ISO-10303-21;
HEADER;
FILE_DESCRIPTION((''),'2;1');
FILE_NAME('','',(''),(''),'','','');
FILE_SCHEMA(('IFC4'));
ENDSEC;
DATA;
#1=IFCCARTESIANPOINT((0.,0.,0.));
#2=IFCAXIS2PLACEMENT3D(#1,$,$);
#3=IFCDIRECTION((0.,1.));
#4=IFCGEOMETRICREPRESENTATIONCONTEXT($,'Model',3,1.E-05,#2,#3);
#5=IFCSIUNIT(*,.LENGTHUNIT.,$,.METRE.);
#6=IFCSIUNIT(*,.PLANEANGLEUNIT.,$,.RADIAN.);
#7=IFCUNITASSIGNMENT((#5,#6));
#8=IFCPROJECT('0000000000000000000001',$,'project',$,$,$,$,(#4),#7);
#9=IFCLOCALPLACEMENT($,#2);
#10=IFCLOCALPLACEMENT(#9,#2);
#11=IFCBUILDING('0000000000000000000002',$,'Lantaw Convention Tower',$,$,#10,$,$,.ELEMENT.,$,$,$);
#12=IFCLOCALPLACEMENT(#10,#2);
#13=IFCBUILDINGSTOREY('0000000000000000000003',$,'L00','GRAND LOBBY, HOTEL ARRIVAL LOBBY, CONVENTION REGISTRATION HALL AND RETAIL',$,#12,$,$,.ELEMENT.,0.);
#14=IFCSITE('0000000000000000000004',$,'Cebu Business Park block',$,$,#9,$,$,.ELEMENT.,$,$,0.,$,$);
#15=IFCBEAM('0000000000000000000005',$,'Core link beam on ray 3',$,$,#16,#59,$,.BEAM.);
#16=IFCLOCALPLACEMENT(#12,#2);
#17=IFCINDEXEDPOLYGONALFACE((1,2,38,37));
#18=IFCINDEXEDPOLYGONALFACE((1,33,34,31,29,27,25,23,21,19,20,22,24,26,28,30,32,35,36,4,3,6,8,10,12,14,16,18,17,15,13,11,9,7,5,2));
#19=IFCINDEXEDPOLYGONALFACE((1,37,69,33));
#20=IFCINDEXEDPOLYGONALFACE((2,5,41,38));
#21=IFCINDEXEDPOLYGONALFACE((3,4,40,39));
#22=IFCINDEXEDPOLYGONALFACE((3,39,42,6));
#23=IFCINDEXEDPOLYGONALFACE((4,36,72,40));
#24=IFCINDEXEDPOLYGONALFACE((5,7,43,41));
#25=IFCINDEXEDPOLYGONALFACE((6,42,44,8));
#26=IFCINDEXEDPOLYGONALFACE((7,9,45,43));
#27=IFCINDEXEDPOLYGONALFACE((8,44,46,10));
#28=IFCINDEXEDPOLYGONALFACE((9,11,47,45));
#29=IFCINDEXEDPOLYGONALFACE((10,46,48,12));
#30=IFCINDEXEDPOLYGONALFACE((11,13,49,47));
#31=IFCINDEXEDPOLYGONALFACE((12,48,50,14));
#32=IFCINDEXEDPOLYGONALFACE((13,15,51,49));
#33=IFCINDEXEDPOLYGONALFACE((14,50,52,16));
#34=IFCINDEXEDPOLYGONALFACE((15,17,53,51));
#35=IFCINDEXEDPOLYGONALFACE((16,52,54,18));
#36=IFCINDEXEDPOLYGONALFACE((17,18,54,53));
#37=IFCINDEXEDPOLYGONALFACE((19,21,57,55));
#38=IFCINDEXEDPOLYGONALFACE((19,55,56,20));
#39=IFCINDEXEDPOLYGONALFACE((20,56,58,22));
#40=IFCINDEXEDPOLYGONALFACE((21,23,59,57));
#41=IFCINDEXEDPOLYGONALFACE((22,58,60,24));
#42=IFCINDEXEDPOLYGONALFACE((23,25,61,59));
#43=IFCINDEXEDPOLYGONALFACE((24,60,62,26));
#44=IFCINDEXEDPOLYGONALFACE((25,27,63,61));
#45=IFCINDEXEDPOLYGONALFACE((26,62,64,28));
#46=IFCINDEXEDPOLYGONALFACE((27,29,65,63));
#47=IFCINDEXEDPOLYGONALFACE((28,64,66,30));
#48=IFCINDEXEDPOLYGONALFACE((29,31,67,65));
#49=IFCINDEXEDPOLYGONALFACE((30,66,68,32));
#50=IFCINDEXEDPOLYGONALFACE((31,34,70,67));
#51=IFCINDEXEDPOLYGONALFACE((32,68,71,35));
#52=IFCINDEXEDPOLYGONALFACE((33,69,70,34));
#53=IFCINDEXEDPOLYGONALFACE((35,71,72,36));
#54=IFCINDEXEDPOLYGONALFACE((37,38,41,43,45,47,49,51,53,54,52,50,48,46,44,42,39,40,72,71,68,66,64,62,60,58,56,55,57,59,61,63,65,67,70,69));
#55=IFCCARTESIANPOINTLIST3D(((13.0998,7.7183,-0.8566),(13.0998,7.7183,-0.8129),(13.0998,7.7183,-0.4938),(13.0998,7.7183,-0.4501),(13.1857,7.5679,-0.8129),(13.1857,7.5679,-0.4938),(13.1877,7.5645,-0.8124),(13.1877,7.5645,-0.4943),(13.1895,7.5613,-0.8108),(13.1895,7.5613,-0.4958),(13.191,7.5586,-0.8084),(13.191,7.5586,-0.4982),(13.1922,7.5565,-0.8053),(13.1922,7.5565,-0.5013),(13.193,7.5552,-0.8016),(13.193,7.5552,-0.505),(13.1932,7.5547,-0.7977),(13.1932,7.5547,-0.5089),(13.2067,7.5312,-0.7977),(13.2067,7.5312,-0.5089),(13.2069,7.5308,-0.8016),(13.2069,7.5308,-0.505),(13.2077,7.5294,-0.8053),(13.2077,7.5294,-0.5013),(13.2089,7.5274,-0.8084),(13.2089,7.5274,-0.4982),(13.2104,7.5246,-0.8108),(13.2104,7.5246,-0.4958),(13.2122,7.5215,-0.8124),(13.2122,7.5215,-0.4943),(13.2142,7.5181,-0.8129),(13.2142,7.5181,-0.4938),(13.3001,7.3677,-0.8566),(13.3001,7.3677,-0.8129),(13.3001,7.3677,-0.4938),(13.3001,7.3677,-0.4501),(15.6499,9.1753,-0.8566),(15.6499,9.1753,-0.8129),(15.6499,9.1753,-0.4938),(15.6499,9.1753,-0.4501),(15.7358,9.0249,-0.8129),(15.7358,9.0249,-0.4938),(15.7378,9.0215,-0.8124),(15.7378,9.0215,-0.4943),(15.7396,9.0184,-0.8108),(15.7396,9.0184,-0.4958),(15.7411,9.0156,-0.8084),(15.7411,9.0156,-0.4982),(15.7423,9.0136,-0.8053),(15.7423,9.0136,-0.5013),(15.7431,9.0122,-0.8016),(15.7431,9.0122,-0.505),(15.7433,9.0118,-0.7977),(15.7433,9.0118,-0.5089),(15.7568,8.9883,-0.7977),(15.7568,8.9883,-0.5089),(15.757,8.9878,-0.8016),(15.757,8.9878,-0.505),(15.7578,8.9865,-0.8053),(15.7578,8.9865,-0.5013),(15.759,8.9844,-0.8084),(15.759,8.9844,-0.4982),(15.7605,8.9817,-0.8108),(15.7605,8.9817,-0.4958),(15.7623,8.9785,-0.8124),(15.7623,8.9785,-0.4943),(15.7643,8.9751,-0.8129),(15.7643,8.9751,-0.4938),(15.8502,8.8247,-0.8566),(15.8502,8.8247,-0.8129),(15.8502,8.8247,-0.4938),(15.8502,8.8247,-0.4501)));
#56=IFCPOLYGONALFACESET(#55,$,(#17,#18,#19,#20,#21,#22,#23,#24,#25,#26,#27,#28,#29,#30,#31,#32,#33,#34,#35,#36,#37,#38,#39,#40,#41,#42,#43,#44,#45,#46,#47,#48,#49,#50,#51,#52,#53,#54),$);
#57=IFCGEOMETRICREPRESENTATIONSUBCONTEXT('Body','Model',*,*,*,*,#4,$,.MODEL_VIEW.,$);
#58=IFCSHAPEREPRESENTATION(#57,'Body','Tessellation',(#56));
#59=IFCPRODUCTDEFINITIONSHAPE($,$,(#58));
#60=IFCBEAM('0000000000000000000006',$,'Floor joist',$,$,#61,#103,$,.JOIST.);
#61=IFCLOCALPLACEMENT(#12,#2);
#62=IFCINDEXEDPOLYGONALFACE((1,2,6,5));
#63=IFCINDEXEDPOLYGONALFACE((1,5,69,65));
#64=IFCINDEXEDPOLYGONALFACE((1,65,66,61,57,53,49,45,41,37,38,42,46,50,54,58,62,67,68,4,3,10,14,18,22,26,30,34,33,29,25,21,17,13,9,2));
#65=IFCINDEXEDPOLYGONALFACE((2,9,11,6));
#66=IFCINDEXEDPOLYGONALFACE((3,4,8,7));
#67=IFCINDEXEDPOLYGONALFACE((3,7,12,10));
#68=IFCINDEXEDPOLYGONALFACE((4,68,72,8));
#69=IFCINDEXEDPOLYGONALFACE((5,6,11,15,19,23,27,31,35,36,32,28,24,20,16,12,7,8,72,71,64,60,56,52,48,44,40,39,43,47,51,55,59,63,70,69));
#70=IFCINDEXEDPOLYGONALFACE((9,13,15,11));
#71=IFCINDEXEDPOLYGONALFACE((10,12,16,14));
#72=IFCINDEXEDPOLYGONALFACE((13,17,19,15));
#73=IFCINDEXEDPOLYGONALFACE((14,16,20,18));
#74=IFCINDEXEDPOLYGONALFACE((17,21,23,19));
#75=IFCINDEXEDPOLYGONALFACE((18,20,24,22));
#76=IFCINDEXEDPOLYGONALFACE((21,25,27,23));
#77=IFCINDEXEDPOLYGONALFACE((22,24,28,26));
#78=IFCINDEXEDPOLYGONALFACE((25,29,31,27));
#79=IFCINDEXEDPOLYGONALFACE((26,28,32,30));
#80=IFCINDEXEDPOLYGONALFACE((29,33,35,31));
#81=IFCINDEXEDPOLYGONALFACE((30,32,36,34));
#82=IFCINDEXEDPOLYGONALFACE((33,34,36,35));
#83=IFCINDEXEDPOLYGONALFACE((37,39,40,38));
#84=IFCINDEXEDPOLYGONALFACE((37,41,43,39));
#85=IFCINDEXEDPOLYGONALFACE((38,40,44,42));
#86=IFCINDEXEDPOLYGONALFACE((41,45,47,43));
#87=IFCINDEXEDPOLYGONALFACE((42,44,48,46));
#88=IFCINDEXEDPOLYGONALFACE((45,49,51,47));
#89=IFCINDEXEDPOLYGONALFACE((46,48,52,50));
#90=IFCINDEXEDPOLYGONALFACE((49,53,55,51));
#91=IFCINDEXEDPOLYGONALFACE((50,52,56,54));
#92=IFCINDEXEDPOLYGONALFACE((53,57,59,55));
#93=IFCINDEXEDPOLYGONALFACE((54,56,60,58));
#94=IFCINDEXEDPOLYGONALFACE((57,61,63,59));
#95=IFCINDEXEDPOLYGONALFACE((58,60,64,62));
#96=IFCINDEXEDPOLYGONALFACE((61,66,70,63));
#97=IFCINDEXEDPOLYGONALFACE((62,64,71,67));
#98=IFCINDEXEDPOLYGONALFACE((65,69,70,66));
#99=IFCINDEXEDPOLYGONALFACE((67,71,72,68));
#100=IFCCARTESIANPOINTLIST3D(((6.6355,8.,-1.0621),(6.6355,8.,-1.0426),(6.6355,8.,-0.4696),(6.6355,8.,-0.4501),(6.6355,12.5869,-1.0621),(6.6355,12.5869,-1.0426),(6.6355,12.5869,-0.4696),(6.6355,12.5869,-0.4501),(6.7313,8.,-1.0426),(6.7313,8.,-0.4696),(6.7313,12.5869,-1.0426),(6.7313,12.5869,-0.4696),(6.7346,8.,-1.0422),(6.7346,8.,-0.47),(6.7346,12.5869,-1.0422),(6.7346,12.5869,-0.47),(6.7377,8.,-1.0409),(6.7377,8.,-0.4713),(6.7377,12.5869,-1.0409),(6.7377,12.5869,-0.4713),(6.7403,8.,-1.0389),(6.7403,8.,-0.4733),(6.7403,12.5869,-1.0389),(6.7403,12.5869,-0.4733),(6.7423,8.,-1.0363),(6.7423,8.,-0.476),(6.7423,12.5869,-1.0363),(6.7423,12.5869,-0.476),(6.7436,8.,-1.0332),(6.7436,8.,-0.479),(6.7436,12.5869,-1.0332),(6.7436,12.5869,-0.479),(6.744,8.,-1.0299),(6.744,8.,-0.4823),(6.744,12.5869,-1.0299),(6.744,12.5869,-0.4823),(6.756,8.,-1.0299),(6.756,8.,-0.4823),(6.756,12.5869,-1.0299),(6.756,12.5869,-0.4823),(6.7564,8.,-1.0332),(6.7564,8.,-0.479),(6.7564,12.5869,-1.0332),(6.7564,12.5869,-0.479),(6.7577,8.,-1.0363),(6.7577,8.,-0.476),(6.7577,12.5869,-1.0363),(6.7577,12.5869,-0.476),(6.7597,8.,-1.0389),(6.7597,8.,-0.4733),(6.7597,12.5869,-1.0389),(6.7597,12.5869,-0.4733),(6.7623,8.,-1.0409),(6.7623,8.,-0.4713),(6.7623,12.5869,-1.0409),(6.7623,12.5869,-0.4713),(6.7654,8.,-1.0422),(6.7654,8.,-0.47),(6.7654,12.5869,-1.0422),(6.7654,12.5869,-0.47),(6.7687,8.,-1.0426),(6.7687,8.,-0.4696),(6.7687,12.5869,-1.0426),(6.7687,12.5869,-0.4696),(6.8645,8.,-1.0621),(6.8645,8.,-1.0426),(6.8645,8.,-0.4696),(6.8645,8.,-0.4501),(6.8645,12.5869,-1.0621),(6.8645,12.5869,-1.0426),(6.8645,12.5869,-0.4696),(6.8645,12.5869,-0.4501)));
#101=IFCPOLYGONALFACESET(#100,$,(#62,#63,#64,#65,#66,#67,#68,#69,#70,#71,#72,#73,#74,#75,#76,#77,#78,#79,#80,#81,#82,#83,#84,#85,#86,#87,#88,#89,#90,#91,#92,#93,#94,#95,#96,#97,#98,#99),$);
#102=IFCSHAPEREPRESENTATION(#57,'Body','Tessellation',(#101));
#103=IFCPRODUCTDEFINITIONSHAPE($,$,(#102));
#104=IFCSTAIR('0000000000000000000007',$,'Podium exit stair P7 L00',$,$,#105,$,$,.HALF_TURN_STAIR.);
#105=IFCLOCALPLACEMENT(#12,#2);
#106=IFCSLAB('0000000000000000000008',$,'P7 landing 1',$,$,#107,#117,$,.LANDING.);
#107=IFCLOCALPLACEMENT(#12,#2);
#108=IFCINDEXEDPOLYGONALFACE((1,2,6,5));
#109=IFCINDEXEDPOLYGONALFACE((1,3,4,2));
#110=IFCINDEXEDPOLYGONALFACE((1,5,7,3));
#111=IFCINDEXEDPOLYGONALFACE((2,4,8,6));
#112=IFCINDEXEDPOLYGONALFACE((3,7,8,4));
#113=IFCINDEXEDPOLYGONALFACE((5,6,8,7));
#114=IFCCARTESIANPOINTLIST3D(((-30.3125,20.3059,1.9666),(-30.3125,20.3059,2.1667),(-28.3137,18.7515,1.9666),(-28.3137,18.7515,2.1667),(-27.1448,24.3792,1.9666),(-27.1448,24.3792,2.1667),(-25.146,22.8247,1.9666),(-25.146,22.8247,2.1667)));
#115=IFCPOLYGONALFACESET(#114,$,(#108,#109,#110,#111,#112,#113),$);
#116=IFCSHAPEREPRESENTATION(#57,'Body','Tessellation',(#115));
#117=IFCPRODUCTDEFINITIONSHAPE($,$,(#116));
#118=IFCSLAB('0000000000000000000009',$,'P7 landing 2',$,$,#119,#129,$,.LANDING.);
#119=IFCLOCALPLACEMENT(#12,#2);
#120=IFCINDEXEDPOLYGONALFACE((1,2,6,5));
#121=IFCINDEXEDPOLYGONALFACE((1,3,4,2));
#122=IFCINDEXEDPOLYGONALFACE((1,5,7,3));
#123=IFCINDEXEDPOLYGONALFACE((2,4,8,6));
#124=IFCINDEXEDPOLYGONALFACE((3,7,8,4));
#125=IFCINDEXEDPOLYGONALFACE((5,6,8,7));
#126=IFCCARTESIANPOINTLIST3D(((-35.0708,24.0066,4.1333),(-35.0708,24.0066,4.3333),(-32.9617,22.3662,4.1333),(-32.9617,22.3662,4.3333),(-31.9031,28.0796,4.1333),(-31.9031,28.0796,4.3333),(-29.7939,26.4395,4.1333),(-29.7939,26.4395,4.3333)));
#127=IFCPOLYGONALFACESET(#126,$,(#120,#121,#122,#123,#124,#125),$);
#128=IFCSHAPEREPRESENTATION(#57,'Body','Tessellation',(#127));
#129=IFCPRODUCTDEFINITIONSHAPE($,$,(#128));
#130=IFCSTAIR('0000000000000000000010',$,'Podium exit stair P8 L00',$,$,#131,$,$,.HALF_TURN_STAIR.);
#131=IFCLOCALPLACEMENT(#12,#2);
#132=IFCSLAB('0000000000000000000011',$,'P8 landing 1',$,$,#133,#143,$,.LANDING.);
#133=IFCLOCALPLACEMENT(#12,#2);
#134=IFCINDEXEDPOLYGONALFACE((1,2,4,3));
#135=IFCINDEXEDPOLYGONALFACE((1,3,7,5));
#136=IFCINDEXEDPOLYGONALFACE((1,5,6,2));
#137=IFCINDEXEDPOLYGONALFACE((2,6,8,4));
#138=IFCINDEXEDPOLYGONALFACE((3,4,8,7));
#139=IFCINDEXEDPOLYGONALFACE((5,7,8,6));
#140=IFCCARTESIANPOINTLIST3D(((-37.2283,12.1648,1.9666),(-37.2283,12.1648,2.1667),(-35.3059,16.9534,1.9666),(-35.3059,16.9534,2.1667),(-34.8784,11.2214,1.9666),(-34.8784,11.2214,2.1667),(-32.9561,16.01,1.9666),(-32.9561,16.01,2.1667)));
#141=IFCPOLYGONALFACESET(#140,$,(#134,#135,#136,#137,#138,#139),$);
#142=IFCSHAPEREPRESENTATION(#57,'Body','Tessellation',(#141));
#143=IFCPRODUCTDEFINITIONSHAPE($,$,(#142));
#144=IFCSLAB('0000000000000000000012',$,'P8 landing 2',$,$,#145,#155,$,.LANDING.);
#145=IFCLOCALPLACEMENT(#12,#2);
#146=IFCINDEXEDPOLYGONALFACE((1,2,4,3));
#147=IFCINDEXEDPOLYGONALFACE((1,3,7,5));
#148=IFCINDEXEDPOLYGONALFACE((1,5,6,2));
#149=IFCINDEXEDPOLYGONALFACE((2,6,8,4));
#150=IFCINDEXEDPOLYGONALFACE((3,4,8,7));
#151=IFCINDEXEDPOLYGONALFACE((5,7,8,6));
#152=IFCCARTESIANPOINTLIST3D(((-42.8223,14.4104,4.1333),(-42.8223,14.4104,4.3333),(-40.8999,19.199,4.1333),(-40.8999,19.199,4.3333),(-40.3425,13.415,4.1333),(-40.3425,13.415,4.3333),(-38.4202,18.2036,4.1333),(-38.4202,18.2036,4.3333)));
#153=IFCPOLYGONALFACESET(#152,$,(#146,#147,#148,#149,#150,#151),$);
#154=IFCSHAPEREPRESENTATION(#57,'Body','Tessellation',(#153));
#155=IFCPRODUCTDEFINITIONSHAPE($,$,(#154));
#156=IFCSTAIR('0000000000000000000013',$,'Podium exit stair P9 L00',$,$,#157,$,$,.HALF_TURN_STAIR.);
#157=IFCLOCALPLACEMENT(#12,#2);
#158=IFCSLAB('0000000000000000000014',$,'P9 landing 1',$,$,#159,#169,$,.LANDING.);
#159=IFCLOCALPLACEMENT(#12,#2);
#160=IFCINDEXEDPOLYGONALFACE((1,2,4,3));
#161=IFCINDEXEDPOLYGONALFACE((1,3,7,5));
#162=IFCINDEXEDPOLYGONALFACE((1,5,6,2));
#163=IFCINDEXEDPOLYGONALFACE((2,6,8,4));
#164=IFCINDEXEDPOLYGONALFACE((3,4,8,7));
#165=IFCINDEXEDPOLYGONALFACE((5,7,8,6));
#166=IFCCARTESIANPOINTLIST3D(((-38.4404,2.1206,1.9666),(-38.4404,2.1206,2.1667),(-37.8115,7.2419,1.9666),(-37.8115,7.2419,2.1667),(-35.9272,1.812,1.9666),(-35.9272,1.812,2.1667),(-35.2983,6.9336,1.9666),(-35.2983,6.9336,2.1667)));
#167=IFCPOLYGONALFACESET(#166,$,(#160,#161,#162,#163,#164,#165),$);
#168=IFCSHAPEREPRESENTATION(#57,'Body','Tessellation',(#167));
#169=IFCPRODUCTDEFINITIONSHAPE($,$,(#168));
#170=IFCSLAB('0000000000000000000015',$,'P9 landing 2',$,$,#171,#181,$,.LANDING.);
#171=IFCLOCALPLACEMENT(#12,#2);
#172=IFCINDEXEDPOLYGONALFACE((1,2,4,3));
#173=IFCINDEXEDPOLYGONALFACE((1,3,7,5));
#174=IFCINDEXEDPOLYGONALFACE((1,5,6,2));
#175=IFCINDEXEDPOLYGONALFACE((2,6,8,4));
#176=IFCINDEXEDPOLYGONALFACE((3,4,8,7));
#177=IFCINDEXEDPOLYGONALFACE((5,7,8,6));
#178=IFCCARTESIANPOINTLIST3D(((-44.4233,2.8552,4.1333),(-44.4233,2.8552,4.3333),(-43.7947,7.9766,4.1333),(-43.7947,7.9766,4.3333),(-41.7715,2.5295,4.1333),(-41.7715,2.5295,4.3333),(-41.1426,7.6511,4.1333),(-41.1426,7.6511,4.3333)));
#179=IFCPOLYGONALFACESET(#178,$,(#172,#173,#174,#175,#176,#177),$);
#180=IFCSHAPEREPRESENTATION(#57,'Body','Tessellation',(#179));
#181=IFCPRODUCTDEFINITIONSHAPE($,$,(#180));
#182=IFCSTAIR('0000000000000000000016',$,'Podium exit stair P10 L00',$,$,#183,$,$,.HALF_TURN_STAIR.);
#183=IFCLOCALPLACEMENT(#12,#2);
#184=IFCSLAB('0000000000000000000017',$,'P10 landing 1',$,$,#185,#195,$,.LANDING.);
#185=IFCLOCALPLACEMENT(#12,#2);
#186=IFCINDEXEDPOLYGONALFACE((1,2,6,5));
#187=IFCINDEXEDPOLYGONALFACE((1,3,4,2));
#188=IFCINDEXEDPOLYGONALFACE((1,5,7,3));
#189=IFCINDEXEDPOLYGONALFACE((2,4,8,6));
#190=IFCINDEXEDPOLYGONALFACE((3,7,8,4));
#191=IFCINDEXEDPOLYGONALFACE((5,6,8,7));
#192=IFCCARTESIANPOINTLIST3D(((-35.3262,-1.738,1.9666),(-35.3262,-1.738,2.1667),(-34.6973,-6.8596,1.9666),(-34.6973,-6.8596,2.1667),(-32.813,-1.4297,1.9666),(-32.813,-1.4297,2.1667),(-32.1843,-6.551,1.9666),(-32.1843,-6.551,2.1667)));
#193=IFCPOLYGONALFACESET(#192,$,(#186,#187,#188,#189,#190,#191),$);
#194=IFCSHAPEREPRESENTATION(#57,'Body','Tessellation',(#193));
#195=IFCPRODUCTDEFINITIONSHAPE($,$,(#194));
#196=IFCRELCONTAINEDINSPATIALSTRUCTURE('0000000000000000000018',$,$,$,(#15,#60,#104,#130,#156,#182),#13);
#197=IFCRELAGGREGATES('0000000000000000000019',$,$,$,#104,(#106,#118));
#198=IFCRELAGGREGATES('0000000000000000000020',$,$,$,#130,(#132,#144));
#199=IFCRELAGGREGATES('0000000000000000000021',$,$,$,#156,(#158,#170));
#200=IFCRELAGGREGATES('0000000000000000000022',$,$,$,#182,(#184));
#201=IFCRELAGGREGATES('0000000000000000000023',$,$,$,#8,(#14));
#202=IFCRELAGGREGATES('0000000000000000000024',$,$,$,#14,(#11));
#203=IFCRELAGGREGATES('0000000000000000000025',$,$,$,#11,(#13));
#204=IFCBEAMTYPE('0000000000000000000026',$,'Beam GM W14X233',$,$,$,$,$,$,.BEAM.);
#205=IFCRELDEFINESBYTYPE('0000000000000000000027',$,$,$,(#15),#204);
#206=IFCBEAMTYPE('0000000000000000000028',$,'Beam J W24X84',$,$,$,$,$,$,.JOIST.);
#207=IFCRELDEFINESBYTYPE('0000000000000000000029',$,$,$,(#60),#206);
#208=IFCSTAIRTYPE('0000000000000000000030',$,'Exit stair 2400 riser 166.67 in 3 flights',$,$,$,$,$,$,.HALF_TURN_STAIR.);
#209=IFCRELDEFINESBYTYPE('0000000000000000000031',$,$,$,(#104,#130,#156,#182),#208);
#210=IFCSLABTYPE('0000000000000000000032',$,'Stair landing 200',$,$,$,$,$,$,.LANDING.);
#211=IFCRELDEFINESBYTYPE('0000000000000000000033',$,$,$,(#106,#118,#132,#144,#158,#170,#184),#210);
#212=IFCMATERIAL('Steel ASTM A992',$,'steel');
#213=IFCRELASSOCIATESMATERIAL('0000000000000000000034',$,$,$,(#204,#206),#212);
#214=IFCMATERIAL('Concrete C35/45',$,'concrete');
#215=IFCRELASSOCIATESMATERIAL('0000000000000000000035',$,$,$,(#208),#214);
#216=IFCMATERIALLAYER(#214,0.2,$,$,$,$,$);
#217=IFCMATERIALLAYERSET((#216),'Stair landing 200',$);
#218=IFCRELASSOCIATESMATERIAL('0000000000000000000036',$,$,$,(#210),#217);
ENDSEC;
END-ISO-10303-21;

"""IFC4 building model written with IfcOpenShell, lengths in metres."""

from ifc_helpers import new_model, si_unit, direction, frame, origin, origin_2d, place, context, subcontext, project, spatial, polyline, i_section, outline, extrude, material, layer, layer_set, material_profile, profile_set, type_object, element, aggregate, save


model = new_model("IFC4")

# Units and contexts
model_context = context("Model", 3, precision=1e-05, world=origin(), true_north=direction((0.0, 1.0)))
body_context = subcontext(model_context, "Body", "Model", "MODEL_VIEW")
ifc_project = project(units=[si_unit("LENGTHUNIT", "METRE"), si_unit("PLANEANGLEUNIT", "RADIAN")], contexts=[model_context])

# Site, building, storey
site_placement = place(None, origin())
site = spatial("IfcSite", under=ifc_project, at=site_placement, Name="Cebu Business Park block", CompositionType="ELEMENT", RefElevation=0.0)
building_placement = place(site_placement, origin())
building = spatial("IfcBuilding", under=site, at=building_placement, Name="Lantaw Convention Tower", CompositionType="ELEMENT")
storey_placement = place(building_placement, origin())
storey = spatial("IfcBuildingStorey", under=building, at=storey_placement, Name="L00", Description="GRAND LOBBY, HOTEL ARRIVAL LOBBY, CONVENTION REGISTRATION HALL AND RETAIL", CompositionType="ELEMENT", Elevation=0.0)

# Beams
ifc_material_1 = material(Name="Steel ASTM A992", Category="steel")
ifc_material_profile_1 = material_profile(ifc_material_1, i_section(OverallWidth=0.4038, OverallDepth=0.4065, WebThickness=0.0271, FlangeThickness=0.0437, FilletRadius=0.0151, at=origin_2d()), Name="W14X233")
ifc_profile_set_1 = profile_set([ifc_material_profile_1], Name="Steel ASTM A992")
beam_type_1 = type_object("IfcBeamType", Name="Beam GM W14X233", PredefinedType="BEAM", material=ifc_profile_set_1)
beam_1_placement = place(storey_placement, frame((13.2, 7.543, -0.6533), z_axis=(0.868264, 0.496103, 0.0), x_axis=(-0.496103, 0.868264, 0.0)))
element("IfcBeam", 1, at=beam_1_placement, inside=storey, type_object=beam_type_1, Name="Core link beam on ray 3", PredefinedType="BEAM", context=body_context, shape_type="SweptSolid", body=[
    extrude(i_section(OverallWidth=0.4038, OverallDepth=0.4065, WebThickness=0.0271, FlangeThickness=0.0437, FilletRadius=0.0151, at=origin_2d()), origin(), (0.0, 0.0, 1.0), 2.937),
])
ifc_material_profile_2 = material_profile(ifc_material_1, i_section(OverallWidth=0.229, OverallDepth=0.6121, WebThickness=0.012, FlangeThickness=0.0195, FilletRadius=0.0127, at=origin_2d()), Name="W24X84")
ifc_profile_set_2 = profile_set([ifc_material_profile_2], Name="Steel ASTM A992")
beam_type_2 = type_object("IfcBeamType", Name="Beam J W24X84", PredefinedType="JOIST", material=ifc_profile_set_2)
beam_2_placement = place(storey_placement, frame((6.75, 8.0, -0.7561), z_axis=(0.0, 1.0, 0.0), x_axis=(-1.0, 0.0, 0.0)))
element("IfcBeam", 2, at=beam_2_placement, inside=storey, type_object=beam_type_2, Name="Floor joist", PredefinedType="JOIST", context=body_context, shape_type="SweptSolid", body=[
    extrude(i_section(OverallWidth=0.229, OverallDepth=0.6121, WebThickness=0.012, FlangeThickness=0.0195, FilletRadius=0.0127, at=origin_2d()), origin(), (0.0, 0.0, 1.0), 4.5869),
])

# Stairs, slabs
ifc_material_2 = material(Name="Concrete C35/45", Category="concrete")
stair_type = type_object("IfcStairType", Name="Exit stair 2400 riser 166.67 in 3 flights", PredefinedType="HALF_TURN_STAIR", material=ifc_material_2)
stair_1_placement = place(storey_placement, origin())
stair_1 = element("IfcStair", 3, at=stair_1_placement, inside=storey, type_object=stair_type, Name="Podium exit stair P7 L00", PredefinedType="HALF_TURN_STAIR")
ifc_layer_1 = layer(ifc_material_2, 0.2)
ifc_layer_set_1 = layer_set([ifc_layer_1], Name="Stair landing 200")
slab_type = type_object("IfcSlabType", Name="Stair landing 200", PredefinedType="LANDING", material=ifc_layer_set_1)
slab_1_placement = place(storey_placement, frame((0.0, 0.0, 1.9666)))
slab_1 = element("IfcSlab", 4, at=slab_1_placement, type_object=slab_type, Name="P7 landing 1", PredefinedType="LANDING", context=body_context, shape_type="SweptSolid", body=[
    extrude(outline(polyline([(-25.146, 22.8247), (-27.1448, 24.3792), (-30.3125, 20.3059), (-28.3137, 18.7515), (-25.146, 22.8247)])), origin(), (0.0, 0.0, 1.0), 0.2002),
])
slab_2_placement = place(storey_placement, frame((0.0, 0.0, 4.1333)))
slab_2 = element("IfcSlab", 5, at=slab_2_placement, type_object=slab_type, Name="P7 landing 2", PredefinedType="LANDING", context=body_context, shape_type="SweptSolid", body=[
    extrude(outline(polyline([(-29.7939, 26.4395), (-31.9031, 28.0796), (-35.0708, 24.0066), (-32.9617, 22.3662), (-29.7939, 26.4395)])), origin(), (0.0, 0.0, 1.0), 0.2),
])
aggregate(stair_1, [slab_1, slab_2])
stair_2_placement = place(storey_placement, origin())
stair_2 = element("IfcStair", 6, at=stair_2_placement, inside=storey, type_object=stair_type, Name="Podium exit stair P8 L00", PredefinedType="HALF_TURN_STAIR")
slab_3_placement = place(storey_placement, frame((0.0, 0.0, 1.9666)))
slab_3 = element("IfcSlab", 7, at=slab_3_placement, type_object=slab_type, Name="P8 landing 1", PredefinedType="LANDING", context=body_context, shape_type="SweptSolid", body=[
    extrude(outline(polyline([(-32.9561, 16.01), (-35.3059, 16.9534), (-37.2283, 12.1648), (-34.8784, 11.2214), (-32.9561, 16.01)])), origin(), (0.0, 0.0, 1.0), 0.2002),
])
slab_4_placement = place(storey_placement, frame((0.0, 0.0, 4.1333)))
slab_4 = element("IfcSlab", 8, at=slab_4_placement, type_object=slab_type, Name="P8 landing 2", PredefinedType="LANDING", context=body_context, shape_type="SweptSolid", body=[
    extrude(outline(polyline([(-38.4202, 18.2036), (-40.8999, 19.199), (-42.8223, 14.4104), (-40.3425, 13.415), (-38.4202, 18.2036)])), origin(), (0.0, 0.0, 1.0), 0.2),
])
aggregate(stair_2, [slab_3, slab_4])
stair_3_placement = place(storey_placement, origin())
stair_3 = element("IfcStair", 9, at=stair_3_placement, inside=storey, type_object=stair_type, Name="Podium exit stair P9 L00", PredefinedType="HALF_TURN_STAIR")
slab_5_placement = place(storey_placement, frame((0.0, 0.0, 1.9666)))
slab_5 = element("IfcSlab", 10, at=slab_5_placement, type_object=slab_type, Name="P9 landing 1", PredefinedType="LANDING", context=body_context, shape_type="SweptSolid", body=[
    extrude(outline(polyline([(-35.2983, 6.9336), (-37.8115, 7.2419), (-38.4404, 2.1206), (-35.9272, 1.812), (-35.2983, 6.9336)])), origin(), (0.0, 0.0, 1.0), 0.2002),
])
slab_6_placement = place(storey_placement, frame((0.0, 0.0, 4.1333)))
slab_6 = element("IfcSlab", 11, at=slab_6_placement, type_object=slab_type, Name="P9 landing 2", PredefinedType="LANDING", context=body_context, shape_type="SweptSolid", body=[
    extrude(outline(polyline([(-41.1426, 7.6511), (-43.7947, 7.9766), (-44.4233, 2.8552), (-41.7715, 2.5295), (-41.1426, 7.6511)])), origin(), (0.0, 0.0, 1.0), 0.2),
])
aggregate(stair_3, [slab_5, slab_6])
stair_4_placement = place(storey_placement, origin())
stair_4 = element("IfcStair", 12, at=stair_4_placement, inside=storey, type_object=stair_type, Name="Podium exit stair P10 L00", PredefinedType="HALF_TURN_STAIR")
slab_7_placement = place(storey_placement, frame((0.0, 0.0, 1.9666)))
slab_7 = element("IfcSlab", 13, at=slab_7_placement, type_object=slab_type, Name="P10 landing 1", PredefinedType="LANDING", context=body_context, shape_type="SweptSolid", body=[
    extrude(outline(polyline([(-32.813, -1.4297), (-35.3262, -1.738), (-34.6973, -6.8596), (-32.1843, -6.551), (-32.813, -1.4297)])), origin(), (0.0, 0.0, 1.0), 0.2002),
])
aggregate(stair_4, [slab_7])

save(model, "model.ifc")
